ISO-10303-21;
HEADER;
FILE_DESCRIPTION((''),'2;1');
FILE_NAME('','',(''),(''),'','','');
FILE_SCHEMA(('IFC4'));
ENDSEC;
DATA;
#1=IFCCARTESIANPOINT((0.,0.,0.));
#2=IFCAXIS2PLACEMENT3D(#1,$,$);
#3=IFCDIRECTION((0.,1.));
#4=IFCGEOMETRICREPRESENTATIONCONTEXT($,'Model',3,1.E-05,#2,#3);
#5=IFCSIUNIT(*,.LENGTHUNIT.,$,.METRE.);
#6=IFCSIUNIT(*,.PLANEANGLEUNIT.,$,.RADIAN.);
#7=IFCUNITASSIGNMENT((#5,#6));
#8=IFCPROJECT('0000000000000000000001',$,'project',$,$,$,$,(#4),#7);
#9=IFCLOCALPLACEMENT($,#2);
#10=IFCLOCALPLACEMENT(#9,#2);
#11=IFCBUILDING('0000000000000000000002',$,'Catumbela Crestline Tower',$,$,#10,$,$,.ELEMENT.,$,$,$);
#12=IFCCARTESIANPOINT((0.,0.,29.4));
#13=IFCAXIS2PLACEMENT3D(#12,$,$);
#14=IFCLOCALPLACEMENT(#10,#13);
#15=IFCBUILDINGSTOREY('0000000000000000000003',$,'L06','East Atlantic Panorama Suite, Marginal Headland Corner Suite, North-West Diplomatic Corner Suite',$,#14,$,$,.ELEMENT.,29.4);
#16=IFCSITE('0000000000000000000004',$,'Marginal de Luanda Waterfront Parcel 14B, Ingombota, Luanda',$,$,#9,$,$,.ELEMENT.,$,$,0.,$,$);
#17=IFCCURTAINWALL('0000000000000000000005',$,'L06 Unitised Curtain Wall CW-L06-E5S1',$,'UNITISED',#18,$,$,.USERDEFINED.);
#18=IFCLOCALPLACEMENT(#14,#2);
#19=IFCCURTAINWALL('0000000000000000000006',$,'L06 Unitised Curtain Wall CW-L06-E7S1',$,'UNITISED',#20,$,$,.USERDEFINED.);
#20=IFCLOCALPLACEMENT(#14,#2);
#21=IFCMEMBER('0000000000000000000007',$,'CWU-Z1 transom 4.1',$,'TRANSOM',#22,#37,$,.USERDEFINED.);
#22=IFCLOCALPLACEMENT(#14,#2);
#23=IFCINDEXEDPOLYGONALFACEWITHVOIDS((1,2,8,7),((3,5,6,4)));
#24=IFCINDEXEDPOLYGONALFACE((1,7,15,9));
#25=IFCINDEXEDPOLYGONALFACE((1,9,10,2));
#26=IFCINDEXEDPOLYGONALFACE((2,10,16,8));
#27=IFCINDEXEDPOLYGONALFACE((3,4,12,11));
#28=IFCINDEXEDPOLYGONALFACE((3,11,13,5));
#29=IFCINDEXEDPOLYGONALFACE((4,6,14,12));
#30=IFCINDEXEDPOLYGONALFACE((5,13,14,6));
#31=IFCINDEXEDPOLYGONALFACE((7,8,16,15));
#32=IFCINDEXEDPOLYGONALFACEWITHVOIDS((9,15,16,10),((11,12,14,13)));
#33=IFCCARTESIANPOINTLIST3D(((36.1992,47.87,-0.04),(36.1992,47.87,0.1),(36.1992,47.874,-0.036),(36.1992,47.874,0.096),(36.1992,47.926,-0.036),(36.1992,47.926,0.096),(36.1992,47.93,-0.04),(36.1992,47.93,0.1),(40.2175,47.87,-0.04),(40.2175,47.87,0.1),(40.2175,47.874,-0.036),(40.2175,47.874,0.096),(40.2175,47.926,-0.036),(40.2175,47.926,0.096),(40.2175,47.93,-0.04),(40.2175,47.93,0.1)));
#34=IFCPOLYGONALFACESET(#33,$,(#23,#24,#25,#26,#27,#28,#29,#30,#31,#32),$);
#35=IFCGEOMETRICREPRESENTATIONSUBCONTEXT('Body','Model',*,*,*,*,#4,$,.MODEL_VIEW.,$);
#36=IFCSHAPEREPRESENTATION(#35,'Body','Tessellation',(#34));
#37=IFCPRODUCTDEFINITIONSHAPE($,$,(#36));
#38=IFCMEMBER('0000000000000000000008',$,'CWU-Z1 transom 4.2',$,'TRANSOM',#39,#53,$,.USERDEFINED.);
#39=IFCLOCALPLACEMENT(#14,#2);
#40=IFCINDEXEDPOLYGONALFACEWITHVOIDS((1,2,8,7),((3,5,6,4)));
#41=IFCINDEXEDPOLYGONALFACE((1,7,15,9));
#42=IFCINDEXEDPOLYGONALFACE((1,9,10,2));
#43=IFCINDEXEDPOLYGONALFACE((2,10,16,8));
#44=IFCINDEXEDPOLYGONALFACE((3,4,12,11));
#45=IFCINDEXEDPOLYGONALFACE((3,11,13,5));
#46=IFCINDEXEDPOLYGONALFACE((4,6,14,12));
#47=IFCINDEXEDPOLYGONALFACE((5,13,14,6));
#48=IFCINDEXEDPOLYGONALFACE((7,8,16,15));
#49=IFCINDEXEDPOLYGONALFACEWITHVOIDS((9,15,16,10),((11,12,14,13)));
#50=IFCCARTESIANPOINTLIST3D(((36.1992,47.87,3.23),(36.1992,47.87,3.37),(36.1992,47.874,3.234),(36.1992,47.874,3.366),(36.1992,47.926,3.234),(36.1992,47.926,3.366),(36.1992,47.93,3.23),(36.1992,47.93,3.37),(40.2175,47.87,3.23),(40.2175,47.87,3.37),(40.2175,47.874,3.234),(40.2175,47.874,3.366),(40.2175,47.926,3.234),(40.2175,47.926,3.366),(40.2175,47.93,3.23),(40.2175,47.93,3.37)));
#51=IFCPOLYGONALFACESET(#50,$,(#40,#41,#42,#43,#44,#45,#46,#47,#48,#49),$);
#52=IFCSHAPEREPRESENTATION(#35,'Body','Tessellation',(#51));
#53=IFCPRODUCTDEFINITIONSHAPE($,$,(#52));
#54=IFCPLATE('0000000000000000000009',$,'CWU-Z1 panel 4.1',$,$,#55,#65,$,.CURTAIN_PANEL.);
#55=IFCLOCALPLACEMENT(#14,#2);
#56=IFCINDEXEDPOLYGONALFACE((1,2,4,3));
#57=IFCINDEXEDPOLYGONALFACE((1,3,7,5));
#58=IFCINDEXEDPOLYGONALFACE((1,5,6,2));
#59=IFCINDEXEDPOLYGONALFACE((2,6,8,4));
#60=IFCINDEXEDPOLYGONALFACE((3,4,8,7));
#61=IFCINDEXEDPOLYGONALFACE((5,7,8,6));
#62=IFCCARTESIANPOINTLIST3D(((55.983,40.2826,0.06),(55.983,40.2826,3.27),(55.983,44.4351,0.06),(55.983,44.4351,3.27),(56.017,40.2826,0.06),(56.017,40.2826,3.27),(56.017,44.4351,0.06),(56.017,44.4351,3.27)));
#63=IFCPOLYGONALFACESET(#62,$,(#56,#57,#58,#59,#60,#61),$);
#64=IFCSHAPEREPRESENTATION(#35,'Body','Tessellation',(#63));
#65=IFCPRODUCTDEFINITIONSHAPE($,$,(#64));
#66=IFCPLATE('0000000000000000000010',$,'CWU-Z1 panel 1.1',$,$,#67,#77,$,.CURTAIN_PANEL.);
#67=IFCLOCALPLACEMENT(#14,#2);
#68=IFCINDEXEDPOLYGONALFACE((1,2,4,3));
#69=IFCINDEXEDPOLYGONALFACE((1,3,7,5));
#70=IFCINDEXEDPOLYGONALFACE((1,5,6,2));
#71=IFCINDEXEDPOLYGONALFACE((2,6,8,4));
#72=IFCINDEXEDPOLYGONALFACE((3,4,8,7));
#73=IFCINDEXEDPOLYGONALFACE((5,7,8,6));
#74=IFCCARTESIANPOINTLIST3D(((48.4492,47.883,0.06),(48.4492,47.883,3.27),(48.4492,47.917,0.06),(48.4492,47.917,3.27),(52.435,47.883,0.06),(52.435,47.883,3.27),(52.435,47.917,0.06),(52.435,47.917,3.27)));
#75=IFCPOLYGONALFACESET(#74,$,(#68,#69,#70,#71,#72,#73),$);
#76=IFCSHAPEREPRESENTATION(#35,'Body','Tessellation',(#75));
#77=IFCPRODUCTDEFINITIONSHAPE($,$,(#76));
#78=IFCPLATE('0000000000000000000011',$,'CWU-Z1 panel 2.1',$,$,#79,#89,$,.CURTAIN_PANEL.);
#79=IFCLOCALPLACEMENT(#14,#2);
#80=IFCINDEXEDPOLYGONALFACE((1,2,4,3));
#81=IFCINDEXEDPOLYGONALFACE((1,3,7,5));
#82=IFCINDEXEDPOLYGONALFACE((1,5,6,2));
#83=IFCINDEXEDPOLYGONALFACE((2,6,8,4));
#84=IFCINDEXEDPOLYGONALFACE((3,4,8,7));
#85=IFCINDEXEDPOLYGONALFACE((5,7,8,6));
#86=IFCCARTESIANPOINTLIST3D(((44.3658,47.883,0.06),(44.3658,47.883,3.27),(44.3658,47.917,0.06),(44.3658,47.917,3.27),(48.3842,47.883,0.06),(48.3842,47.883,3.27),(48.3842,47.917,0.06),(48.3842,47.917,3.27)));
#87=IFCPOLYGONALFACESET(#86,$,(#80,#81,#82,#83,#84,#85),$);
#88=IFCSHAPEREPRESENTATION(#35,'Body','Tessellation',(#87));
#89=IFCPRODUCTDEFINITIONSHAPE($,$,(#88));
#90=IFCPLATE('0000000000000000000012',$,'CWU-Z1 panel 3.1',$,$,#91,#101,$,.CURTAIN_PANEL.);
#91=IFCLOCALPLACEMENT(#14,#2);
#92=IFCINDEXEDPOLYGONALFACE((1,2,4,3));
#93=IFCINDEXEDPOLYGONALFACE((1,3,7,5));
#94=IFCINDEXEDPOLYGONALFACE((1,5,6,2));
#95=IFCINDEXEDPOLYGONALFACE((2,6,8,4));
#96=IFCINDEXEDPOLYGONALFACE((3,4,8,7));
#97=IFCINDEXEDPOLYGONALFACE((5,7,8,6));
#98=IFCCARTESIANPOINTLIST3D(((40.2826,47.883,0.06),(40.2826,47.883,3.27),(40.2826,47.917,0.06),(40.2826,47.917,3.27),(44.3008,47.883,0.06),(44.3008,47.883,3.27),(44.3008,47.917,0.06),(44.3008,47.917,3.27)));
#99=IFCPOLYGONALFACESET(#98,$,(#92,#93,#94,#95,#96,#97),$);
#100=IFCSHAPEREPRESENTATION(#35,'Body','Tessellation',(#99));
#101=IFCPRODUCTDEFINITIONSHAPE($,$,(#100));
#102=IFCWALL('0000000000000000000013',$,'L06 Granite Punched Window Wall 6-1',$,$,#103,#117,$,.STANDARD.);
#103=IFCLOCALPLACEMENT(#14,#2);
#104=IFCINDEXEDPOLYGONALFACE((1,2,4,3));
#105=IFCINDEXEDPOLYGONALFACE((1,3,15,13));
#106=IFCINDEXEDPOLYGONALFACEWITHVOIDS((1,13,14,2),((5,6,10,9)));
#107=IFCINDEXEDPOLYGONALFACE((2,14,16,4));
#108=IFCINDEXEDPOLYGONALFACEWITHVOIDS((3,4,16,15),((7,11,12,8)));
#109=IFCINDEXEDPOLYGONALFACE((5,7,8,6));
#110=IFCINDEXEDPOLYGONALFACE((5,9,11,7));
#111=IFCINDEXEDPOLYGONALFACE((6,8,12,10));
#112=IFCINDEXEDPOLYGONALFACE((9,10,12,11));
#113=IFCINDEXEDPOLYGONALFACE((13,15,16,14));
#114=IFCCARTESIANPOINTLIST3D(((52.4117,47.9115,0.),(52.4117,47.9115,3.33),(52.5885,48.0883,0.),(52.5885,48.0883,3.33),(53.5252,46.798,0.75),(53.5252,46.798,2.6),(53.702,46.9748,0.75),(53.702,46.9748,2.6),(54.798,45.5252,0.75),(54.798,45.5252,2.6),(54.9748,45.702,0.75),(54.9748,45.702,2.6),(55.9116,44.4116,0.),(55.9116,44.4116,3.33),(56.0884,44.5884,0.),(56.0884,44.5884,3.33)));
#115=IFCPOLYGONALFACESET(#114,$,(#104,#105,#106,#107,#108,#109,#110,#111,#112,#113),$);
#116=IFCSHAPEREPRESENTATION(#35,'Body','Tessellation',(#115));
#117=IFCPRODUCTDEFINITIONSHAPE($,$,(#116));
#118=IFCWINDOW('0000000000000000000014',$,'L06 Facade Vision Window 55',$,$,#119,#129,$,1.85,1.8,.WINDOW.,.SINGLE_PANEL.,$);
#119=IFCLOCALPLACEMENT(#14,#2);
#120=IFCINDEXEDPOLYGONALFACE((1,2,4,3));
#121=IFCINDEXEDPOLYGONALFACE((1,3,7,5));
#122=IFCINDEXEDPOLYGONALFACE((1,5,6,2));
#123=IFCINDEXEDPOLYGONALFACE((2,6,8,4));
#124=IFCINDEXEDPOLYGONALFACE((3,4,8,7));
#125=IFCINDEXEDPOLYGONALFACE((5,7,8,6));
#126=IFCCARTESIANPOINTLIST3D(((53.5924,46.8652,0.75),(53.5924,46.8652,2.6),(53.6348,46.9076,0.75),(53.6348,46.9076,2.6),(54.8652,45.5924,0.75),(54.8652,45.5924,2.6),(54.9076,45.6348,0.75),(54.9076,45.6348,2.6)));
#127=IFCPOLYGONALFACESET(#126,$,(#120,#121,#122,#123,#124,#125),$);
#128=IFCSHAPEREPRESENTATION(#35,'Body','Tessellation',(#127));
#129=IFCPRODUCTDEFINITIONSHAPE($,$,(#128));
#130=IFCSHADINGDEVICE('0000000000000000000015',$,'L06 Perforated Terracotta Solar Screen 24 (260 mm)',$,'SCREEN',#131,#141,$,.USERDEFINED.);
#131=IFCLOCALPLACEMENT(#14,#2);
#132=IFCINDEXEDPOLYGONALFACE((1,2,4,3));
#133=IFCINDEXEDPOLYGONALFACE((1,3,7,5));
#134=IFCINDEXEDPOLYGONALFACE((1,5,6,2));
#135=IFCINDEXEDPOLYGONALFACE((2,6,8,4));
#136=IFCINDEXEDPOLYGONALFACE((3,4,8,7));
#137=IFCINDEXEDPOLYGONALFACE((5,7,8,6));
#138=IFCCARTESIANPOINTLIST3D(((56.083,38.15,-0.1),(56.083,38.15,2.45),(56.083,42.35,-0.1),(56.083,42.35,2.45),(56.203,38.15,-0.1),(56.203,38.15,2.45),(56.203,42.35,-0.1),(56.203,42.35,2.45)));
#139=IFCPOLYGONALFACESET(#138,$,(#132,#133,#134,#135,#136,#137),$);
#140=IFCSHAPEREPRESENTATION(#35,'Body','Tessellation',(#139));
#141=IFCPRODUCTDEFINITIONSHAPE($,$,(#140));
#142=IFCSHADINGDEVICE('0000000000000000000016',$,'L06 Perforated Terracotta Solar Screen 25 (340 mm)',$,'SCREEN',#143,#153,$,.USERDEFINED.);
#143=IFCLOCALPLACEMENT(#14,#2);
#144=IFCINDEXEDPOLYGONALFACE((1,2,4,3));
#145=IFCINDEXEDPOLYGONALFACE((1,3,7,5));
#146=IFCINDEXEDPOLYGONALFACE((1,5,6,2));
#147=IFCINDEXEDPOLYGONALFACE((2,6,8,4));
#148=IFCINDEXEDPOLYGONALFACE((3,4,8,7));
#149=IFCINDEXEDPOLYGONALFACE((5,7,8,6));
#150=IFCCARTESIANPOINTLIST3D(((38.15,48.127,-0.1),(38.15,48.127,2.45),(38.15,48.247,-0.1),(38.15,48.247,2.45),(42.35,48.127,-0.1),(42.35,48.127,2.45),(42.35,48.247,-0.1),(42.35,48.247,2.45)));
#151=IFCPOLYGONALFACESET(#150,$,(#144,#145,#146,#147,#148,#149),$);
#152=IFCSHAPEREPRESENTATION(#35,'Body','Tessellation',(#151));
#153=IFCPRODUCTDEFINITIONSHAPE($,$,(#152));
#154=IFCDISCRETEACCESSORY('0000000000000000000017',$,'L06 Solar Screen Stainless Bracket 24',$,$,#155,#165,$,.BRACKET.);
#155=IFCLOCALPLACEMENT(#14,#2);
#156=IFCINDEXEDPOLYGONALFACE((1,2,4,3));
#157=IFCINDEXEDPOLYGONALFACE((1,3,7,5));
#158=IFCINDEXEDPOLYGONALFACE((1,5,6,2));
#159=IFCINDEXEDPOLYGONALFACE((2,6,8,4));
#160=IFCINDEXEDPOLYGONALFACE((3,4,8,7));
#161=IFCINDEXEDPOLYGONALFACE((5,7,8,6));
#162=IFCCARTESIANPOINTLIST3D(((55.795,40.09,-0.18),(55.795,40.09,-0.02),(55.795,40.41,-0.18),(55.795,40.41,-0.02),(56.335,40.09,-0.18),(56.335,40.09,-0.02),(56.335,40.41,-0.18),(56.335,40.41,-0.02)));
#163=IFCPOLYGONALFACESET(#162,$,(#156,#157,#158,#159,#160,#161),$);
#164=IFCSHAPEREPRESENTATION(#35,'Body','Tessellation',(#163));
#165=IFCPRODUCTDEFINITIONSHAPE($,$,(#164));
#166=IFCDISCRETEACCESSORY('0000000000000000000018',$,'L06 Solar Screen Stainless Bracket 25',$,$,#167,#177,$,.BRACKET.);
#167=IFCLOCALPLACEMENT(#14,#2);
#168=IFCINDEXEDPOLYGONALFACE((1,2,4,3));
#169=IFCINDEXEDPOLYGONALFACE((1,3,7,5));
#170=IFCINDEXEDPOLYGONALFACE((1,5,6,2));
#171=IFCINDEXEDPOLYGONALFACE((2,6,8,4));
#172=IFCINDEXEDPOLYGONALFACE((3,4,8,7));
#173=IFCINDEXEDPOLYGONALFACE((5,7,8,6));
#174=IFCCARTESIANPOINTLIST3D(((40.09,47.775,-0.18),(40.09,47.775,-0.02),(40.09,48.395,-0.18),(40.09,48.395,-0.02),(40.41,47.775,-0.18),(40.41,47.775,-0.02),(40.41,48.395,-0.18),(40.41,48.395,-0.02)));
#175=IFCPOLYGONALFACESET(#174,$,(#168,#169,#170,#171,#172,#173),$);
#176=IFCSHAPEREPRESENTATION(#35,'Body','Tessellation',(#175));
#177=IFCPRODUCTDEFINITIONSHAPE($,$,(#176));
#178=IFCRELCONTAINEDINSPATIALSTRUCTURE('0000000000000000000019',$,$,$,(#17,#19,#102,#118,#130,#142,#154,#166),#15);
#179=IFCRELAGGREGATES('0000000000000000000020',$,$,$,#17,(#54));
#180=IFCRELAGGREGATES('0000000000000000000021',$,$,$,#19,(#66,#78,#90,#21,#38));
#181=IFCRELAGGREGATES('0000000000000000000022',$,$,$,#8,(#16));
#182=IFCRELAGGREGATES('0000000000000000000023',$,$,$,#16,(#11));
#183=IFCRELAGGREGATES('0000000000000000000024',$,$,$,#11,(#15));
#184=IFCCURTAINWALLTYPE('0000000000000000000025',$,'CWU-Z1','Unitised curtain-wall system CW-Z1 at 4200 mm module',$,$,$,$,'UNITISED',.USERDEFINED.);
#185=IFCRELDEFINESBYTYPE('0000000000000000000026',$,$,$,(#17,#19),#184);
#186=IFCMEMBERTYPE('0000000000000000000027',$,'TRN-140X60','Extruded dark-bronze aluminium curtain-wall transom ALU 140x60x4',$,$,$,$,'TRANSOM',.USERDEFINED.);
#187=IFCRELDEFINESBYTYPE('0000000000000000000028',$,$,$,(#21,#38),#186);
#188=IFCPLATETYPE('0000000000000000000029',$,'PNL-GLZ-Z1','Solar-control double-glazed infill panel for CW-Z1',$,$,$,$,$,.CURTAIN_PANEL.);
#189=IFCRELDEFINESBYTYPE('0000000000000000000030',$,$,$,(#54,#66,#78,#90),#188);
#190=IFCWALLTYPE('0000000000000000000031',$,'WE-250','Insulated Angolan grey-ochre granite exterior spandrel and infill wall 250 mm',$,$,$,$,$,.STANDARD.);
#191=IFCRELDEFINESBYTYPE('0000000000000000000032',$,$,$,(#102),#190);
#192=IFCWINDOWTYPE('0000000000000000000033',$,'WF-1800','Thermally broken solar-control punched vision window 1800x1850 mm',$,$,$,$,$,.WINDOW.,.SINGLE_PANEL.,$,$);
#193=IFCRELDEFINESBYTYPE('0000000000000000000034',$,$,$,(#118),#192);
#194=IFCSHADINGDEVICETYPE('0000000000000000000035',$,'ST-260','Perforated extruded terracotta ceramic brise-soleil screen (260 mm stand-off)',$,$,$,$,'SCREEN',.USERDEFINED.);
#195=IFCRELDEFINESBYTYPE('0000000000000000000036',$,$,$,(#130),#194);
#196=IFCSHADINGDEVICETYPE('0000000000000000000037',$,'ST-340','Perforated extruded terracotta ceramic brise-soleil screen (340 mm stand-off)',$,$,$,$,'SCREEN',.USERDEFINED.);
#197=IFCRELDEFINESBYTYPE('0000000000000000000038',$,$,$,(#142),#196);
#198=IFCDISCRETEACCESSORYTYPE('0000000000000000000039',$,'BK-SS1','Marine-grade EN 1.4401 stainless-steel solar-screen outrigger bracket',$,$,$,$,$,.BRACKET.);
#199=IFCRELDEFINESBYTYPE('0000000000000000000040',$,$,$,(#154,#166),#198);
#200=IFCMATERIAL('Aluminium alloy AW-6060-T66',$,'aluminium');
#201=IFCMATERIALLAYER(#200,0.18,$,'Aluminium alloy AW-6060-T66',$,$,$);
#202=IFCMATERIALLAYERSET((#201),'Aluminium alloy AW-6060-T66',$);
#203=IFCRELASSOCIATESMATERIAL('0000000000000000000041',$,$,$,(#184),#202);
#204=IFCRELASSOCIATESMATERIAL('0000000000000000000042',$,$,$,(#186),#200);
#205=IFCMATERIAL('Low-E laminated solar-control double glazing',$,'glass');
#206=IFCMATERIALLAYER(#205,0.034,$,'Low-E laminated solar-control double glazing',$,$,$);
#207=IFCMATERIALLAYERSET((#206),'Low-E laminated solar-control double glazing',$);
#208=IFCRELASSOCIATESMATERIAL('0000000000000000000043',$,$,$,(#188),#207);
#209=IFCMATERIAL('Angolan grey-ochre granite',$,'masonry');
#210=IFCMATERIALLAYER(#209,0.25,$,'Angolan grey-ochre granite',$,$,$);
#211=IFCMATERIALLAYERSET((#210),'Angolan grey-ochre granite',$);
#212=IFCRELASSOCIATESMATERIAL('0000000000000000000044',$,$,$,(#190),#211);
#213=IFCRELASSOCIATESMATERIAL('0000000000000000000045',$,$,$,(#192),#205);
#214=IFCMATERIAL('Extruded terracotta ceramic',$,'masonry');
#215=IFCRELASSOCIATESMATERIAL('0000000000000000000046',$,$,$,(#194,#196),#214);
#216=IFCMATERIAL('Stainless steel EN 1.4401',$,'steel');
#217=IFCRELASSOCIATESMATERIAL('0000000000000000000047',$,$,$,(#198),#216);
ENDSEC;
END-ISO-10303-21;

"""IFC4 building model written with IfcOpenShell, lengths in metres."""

from ifc_helpers import new_model, si_unit, direction, frame, frame_2d, origin, origin_2d, place, context, subcontext, project, spatial, rectangle, hollow_rectangle, extrude, material, layer, layer_set, material_profile, profile_set, type_object, element, fill, aggregate, save


model = new_model("IFC4")

# Units and contexts
model_context = context("Model", 3, precision=1e-05, world=origin(), true_north=direction((0.0, 1.0)))
body_context = subcontext(model_context, "Body", "Model", "MODEL_VIEW")
ifc_project = project(units=[si_unit("LENGTHUNIT", "METRE"), si_unit("PLANEANGLEUNIT", "RADIAN")], contexts=[model_context])

# Site, building, storey
site_placement = place(None, origin())
site = spatial("IfcSite", under=ifc_project, at=site_placement, Name="Marginal de Luanda Waterfront Parcel 14B, Ingombota, Luanda", CompositionType="ELEMENT", RefElevation=0.0)
building_placement = place(site_placement, origin())
building = spatial("IfcBuilding", under=site, at=building_placement, Name="Catumbela Crestline Tower", CompositionType="ELEMENT")
storey_placement = place(building_placement, frame((0.0, 0.0, 29.4)))
storey = spatial("IfcBuildingStorey", under=building, at=storey_placement, Name="L06", Description="East Atlantic Panorama Suite, Marginal Headland Corner Suite, North-West Diplomatic Corner Suite", CompositionType="ELEMENT", Elevation=29.4)

# Curtain wall
ifc_material_1 = material(Name="Aluminium alloy AW-6060-T66", Category="aluminium")
ifc_layer_1 = layer(ifc_material_1, 0.18, Name="Aluminium alloy AW-6060-T66")
ifc_layer_set_1 = layer_set([ifc_layer_1], Name="Aluminium alloy AW-6060-T66")
curtain_wall_type = type_object("IfcCurtainWallType", Name="CWU-Z1", Description="Unitised curtain-wall system CW-Z1 at 4200 mm module", ElementType="UNITISED", PredefinedType="USERDEFINED", material=ifc_layer_set_1)
curtain_wall_1_placement = place(storey_placement, origin())
curtain_wall_1 = element("IfcCurtainWall", 1, at=curtain_wall_1_placement, inside=storey, type_object=curtain_wall_type, Name="L06 Unitised Curtain Wall CW-L06-E5S1", ObjectType="UNITISED", PredefinedType="USERDEFINED")

# Curtain wall
curtain_wall_2_placement = place(storey_placement, origin())
curtain_wall_2 = element("IfcCurtainWall", 2, at=curtain_wall_2_placement, inside=storey, type_object=curtain_wall_type, Name="L06 Unitised Curtain Wall CW-L06-E7S1", ObjectType="UNITISED", PredefinedType="USERDEFINED")

# Members
ifc_material_profile_1 = material_profile(ifc_material_1, hollow_rectangle(XDim=0.06, YDim=0.14, WallThickness=0.004, at=origin_2d()), Name="ALU 140x60x4")
ifc_profile_set_1 = profile_set([ifc_material_profile_1], Name="Aluminium alloy AW-6060-T66")
member_type_1 = type_object("IfcMemberType", Name="TRN-140X60", Description="Extruded dark-bronze aluminium curtain-wall transom ALU 140x60x4", ElementType="TRANSOM", PredefinedType="USERDEFINED", material=ifc_profile_set_1)
member_1_placement = place(storey_placement, frame((40.2175, 47.9, 0.03), z_axis=(-1.0, 0.0, 0.0), x_axis=(0.0, -1.0, 0.0)))
member_1 = element("IfcMember", 3, at=member_1_placement, type_object=member_type_1, Name="CWU-Z1 transom 4.1", ObjectType="TRANSOM", PredefinedType="USERDEFINED", context=body_context, shape_type="SweptSolid", body=[
    extrude(hollow_rectangle(XDim=0.06, YDim=0.14, WallThickness=0.004, at=origin_2d()), origin(), (0.0, 0.0, 1.0), 4.0183),
])
member_2_placement = place(storey_placement, frame((40.2175, 47.9, 3.3), z_axis=(-1.0, 0.0, 0.0), x_axis=(0.0, -1.0, 0.0)))
member_2 = element("IfcMember", 4, at=member_2_placement, type_object=member_type_1, Name="CWU-Z1 transom 4.2", ObjectType="TRANSOM", PredefinedType="USERDEFINED", context=body_context, shape_type="SweptSolid", body=[
    extrude(hollow_rectangle(XDim=0.06, YDim=0.14, WallThickness=0.004, at=origin_2d()), origin(), (0.0, 0.0, 1.0), 4.0183),
])

# Plates
ifc_material_2 = material(Name="Low-E laminated solar-control double glazing", Category="glass")
ifc_layer_2 = layer(ifc_material_2, 0.034, Name="Low-E laminated solar-control double glazing")
ifc_layer_set_2 = layer_set([ifc_layer_2], Name="Low-E laminated solar-control double glazing")
plate_type = type_object("IfcPlateType", Name="PNL-GLZ-Z1", Description="Solar-control double-glazed infill panel for CW-Z1", PredefinedType="CURTAIN_PANEL", material=ifc_layer_set_2)
plate_1_placement = place(storey_placement, frame((56.0, 42.3588, 0.06), z_axis=(0.0, 0.0, 1.0), x_axis=(0.0, 1.0, 0.0)))
plate_1 = element("IfcPlate", 5, at=plate_1_placement, type_object=plate_type, Name="CWU-Z1 panel 4.1", PredefinedType="CURTAIN_PANEL", context=body_context, shape_type="SweptSolid", body=[
    extrude(rectangle(XDim=4.1525, YDim=0.034, at=origin_2d()), origin(), (0.0, 0.0, 1.0), 3.21),
])
aggregate(curtain_wall_1, [plate_1])
plate_2_placement = place(storey_placement, frame((50.4421, 47.9, 0.06), z_axis=(0.0, 0.0, 1.0), x_axis=(-1.0, 0.0, 0.0)))
plate_2 = element("IfcPlate", 6, at=plate_2_placement, type_object=plate_type, Name="CWU-Z1 panel 1.1", PredefinedType="CURTAIN_PANEL", context=body_context, shape_type="SweptSolid", body=[
    extrude(rectangle(XDim=3.9858, YDim=0.034, at=origin_2d()), origin(), (0.0, 0.0, 1.0), 3.21),
])
plate_3_placement = place(storey_placement, frame((46.375, 47.9, 0.06), z_axis=(0.0, 0.0, 1.0), x_axis=(-1.0, 0.0, 0.0)))
plate_3 = element("IfcPlate", 7, at=plate_3_placement, type_object=plate_type, Name="CWU-Z1 panel 2.1", PredefinedType="CURTAIN_PANEL", context=body_context, shape_type="SweptSolid", body=[
    extrude(rectangle(XDim=4.0183, YDim=0.034, at=origin_2d()), origin(), (0.0, 0.0, 1.0), 3.21),
])
plate_4_placement = place(storey_placement, frame((42.2917, 47.9, 0.06), z_axis=(0.0, 0.0, 1.0), x_axis=(-1.0, 0.0, 0.0)))
plate_4 = element("IfcPlate", 8, at=plate_4_placement, type_object=plate_type, Name="CWU-Z1 panel 3.1", PredefinedType="CURTAIN_PANEL", context=body_context, shape_type="SweptSolid", body=[
    extrude(rectangle(XDim=4.0183, YDim=0.034, at=origin_2d()), origin(), (0.0, 0.0, 1.0), 3.21),
])
aggregate(curtain_wall_2, [plate_2, plate_3, plate_4, member_1, member_2])

# Wall, opening, window
ifc_material_3 = material(Name="Angolan grey-ochre granite", Category="masonry")
ifc_layer_3 = layer(ifc_material_3, 0.25, Name="Angolan grey-ochre granite")
ifc_layer_set_3 = layer_set([ifc_layer_3], Name="Angolan grey-ochre granite")
wall_type = type_object("IfcWallType", Name="WE-250", Description="Insulated Angolan grey-ochre granite exterior spandrel and infill wall 250 mm", PredefinedType="STANDARD", material=ifc_layer_set_3)
wall_placement = place(storey_placement, frame((56.0, 44.5, 0.0), z_axis=(0.0, 0.0, 1.0), x_axis=(-0.707107, 0.707107, 0.0)))
wall = element("IfcWall", 9, at=wall_placement, inside=storey, type_object=wall_type, Name="L06 Granite Punched Window Wall 6-1", PredefinedType="STANDARD", context=body_context, shape_type="SweptSolid", body=[
    extrude(rectangle(XDim=4.9497, YDim=0.25, at=frame_2d((2.4748, 0.0))), origin(), (0.0, 0.0, 1.0), 3.33),
])
opening_placement = place(wall_placement, frame((1.5749, 0.0, 0.75)))
opening = element("IfcOpeningElement", 10, at=opening_placement, cuts=wall, PredefinedType="OPENING", context=body_context, shape_type="SweptSolid", body=[
    extrude(rectangle(XDim=1.8, YDim=1.85, at=frame_2d((0.9, 0.925))), frame((0.0, 0.135, 0.0), z_axis=(0.0, -1.0, 0.0), x_axis=(1.0, 0.0, 0.0)), (0.0, 0.0, 1.0), 0.27),
])
window_type = type_object("IfcWindowType", Name="WF-1800", Description="Thermally broken solar-control punched vision window 1800x1850 mm", PartitioningType="SINGLE_PANEL", PredefinedType="WINDOW", material=ifc_material_2)
window_placement = place(opening_placement, origin())
window = element("IfcWindow", 11, at=window_placement, inside=storey, type_object=window_type, Name="L06 Facade Vision Window 55", OverallHeight=1.85, OverallWidth=1.8, PartitioningType="SINGLE_PANEL", PredefinedType="WINDOW", context=body_context, shape_type="SweptSolid", body=[
    extrude(rectangle(XDim=1.8, YDim=1.85, at=frame_2d((0.9, 0.925))), frame((0.0, 0.03, 0.0), z_axis=(0.0, -1.0, 0.0), x_axis=(1.0, 0.0, 0.0)), (0.0, 0.0, 1.0), 0.06),
])
fill(opening, window)

# Shading devices
ifc_material_4 = material(Name="Extruded terracotta ceramic", Category="masonry")
shading_device_type_1 = type_object("IfcShadingDeviceType", Name="ST-260", Description="Perforated extruded terracotta ceramic brise-soleil screen (260 mm stand-off)", ElementType="SCREEN", PredefinedType="USERDEFINED", material=ifc_material_4)
shading_device_1_placement = place(storey_placement, frame((56.143, 40.25, -0.1), z_axis=(0.0, 0.0, 1.0), x_axis=(0.0, 1.0, 0.0)))
element("IfcShadingDevice", 12, at=shading_device_1_placement, inside=storey, type_object=shading_device_type_1, Name="L06 Perforated Terracotta Solar Screen 24 (260 mm)", ObjectType="SCREEN", PredefinedType="USERDEFINED", context=body_context, shape_type="SweptSolid", body=[
    extrude(rectangle(XDim=4.2, YDim=0.12, at=origin_2d()), origin(), (0.0, 0.0, 1.0), 2.55),
])
shading_device_type_2 = type_object("IfcShadingDeviceType", Name="ST-340", Description="Perforated extruded terracotta ceramic brise-soleil screen (340 mm stand-off)", ElementType="SCREEN", PredefinedType="USERDEFINED", material=ifc_material_4)
shading_device_2_placement = place(storey_placement, frame((40.25, 48.187, -0.1), z_axis=(0.0, 0.0, 1.0), x_axis=(-1.0, 0.0, 0.0)))
element("IfcShadingDevice", 13, at=shading_device_2_placement, inside=storey, type_object=shading_device_type_2, Name="L06 Perforated Terracotta Solar Screen 25 (340 mm)", ObjectType="SCREEN", PredefinedType="USERDEFINED", context=body_context, shape_type="SweptSolid", body=[
    extrude(rectangle(XDim=4.2, YDim=0.12, at=origin_2d()), origin(), (0.0, 0.0, 1.0), 2.55),
])

# Discrete accessories
ifc_material_5 = material(Name="Stainless steel EN 1.4401", Category="steel")
discrete_accessory_type = type_object("IfcDiscreteAccessoryType", Name="BK-SS1", Description="Marine-grade EN 1.4401 stainless-steel solar-screen outrigger bracket", PredefinedType="BRACKET", material=ifc_material_5)
discrete_accessory_1_placement = place(storey_placement, frame((56.065, 40.25, -0.18), z_axis=(0.0, 0.0, 1.0), x_axis=(0.0, 1.0, 0.0)))
element("IfcDiscreteAccessory", 14, at=discrete_accessory_1_placement, inside=storey, type_object=discrete_accessory_type, Name="L06 Solar Screen Stainless Bracket 24", PredefinedType="BRACKET", context=body_context, shape_type="SweptSolid", body=[
    extrude(rectangle(XDim=0.32, YDim=0.54, at=origin_2d()), origin(), (0.0, 0.0, 1.0), 0.16),
])
discrete_accessory_2_placement = place(storey_placement, frame((40.25, 48.085, -0.18), z_axis=(0.0, 0.0, 1.0), x_axis=(-1.0, 0.0, 0.0)))
element("IfcDiscreteAccessory", 15, at=discrete_accessory_2_placement, inside=storey, type_object=discrete_accessory_type, Name="L06 Solar Screen Stainless Bracket 25", PredefinedType="BRACKET", context=body_context, shape_type="SweptSolid", body=[
    extrude(rectangle(XDim=0.32, YDim=0.62, at=origin_2d()), origin(), (0.0, 0.0, 1.0), 0.16),
])

save(model, "model.ifc")
